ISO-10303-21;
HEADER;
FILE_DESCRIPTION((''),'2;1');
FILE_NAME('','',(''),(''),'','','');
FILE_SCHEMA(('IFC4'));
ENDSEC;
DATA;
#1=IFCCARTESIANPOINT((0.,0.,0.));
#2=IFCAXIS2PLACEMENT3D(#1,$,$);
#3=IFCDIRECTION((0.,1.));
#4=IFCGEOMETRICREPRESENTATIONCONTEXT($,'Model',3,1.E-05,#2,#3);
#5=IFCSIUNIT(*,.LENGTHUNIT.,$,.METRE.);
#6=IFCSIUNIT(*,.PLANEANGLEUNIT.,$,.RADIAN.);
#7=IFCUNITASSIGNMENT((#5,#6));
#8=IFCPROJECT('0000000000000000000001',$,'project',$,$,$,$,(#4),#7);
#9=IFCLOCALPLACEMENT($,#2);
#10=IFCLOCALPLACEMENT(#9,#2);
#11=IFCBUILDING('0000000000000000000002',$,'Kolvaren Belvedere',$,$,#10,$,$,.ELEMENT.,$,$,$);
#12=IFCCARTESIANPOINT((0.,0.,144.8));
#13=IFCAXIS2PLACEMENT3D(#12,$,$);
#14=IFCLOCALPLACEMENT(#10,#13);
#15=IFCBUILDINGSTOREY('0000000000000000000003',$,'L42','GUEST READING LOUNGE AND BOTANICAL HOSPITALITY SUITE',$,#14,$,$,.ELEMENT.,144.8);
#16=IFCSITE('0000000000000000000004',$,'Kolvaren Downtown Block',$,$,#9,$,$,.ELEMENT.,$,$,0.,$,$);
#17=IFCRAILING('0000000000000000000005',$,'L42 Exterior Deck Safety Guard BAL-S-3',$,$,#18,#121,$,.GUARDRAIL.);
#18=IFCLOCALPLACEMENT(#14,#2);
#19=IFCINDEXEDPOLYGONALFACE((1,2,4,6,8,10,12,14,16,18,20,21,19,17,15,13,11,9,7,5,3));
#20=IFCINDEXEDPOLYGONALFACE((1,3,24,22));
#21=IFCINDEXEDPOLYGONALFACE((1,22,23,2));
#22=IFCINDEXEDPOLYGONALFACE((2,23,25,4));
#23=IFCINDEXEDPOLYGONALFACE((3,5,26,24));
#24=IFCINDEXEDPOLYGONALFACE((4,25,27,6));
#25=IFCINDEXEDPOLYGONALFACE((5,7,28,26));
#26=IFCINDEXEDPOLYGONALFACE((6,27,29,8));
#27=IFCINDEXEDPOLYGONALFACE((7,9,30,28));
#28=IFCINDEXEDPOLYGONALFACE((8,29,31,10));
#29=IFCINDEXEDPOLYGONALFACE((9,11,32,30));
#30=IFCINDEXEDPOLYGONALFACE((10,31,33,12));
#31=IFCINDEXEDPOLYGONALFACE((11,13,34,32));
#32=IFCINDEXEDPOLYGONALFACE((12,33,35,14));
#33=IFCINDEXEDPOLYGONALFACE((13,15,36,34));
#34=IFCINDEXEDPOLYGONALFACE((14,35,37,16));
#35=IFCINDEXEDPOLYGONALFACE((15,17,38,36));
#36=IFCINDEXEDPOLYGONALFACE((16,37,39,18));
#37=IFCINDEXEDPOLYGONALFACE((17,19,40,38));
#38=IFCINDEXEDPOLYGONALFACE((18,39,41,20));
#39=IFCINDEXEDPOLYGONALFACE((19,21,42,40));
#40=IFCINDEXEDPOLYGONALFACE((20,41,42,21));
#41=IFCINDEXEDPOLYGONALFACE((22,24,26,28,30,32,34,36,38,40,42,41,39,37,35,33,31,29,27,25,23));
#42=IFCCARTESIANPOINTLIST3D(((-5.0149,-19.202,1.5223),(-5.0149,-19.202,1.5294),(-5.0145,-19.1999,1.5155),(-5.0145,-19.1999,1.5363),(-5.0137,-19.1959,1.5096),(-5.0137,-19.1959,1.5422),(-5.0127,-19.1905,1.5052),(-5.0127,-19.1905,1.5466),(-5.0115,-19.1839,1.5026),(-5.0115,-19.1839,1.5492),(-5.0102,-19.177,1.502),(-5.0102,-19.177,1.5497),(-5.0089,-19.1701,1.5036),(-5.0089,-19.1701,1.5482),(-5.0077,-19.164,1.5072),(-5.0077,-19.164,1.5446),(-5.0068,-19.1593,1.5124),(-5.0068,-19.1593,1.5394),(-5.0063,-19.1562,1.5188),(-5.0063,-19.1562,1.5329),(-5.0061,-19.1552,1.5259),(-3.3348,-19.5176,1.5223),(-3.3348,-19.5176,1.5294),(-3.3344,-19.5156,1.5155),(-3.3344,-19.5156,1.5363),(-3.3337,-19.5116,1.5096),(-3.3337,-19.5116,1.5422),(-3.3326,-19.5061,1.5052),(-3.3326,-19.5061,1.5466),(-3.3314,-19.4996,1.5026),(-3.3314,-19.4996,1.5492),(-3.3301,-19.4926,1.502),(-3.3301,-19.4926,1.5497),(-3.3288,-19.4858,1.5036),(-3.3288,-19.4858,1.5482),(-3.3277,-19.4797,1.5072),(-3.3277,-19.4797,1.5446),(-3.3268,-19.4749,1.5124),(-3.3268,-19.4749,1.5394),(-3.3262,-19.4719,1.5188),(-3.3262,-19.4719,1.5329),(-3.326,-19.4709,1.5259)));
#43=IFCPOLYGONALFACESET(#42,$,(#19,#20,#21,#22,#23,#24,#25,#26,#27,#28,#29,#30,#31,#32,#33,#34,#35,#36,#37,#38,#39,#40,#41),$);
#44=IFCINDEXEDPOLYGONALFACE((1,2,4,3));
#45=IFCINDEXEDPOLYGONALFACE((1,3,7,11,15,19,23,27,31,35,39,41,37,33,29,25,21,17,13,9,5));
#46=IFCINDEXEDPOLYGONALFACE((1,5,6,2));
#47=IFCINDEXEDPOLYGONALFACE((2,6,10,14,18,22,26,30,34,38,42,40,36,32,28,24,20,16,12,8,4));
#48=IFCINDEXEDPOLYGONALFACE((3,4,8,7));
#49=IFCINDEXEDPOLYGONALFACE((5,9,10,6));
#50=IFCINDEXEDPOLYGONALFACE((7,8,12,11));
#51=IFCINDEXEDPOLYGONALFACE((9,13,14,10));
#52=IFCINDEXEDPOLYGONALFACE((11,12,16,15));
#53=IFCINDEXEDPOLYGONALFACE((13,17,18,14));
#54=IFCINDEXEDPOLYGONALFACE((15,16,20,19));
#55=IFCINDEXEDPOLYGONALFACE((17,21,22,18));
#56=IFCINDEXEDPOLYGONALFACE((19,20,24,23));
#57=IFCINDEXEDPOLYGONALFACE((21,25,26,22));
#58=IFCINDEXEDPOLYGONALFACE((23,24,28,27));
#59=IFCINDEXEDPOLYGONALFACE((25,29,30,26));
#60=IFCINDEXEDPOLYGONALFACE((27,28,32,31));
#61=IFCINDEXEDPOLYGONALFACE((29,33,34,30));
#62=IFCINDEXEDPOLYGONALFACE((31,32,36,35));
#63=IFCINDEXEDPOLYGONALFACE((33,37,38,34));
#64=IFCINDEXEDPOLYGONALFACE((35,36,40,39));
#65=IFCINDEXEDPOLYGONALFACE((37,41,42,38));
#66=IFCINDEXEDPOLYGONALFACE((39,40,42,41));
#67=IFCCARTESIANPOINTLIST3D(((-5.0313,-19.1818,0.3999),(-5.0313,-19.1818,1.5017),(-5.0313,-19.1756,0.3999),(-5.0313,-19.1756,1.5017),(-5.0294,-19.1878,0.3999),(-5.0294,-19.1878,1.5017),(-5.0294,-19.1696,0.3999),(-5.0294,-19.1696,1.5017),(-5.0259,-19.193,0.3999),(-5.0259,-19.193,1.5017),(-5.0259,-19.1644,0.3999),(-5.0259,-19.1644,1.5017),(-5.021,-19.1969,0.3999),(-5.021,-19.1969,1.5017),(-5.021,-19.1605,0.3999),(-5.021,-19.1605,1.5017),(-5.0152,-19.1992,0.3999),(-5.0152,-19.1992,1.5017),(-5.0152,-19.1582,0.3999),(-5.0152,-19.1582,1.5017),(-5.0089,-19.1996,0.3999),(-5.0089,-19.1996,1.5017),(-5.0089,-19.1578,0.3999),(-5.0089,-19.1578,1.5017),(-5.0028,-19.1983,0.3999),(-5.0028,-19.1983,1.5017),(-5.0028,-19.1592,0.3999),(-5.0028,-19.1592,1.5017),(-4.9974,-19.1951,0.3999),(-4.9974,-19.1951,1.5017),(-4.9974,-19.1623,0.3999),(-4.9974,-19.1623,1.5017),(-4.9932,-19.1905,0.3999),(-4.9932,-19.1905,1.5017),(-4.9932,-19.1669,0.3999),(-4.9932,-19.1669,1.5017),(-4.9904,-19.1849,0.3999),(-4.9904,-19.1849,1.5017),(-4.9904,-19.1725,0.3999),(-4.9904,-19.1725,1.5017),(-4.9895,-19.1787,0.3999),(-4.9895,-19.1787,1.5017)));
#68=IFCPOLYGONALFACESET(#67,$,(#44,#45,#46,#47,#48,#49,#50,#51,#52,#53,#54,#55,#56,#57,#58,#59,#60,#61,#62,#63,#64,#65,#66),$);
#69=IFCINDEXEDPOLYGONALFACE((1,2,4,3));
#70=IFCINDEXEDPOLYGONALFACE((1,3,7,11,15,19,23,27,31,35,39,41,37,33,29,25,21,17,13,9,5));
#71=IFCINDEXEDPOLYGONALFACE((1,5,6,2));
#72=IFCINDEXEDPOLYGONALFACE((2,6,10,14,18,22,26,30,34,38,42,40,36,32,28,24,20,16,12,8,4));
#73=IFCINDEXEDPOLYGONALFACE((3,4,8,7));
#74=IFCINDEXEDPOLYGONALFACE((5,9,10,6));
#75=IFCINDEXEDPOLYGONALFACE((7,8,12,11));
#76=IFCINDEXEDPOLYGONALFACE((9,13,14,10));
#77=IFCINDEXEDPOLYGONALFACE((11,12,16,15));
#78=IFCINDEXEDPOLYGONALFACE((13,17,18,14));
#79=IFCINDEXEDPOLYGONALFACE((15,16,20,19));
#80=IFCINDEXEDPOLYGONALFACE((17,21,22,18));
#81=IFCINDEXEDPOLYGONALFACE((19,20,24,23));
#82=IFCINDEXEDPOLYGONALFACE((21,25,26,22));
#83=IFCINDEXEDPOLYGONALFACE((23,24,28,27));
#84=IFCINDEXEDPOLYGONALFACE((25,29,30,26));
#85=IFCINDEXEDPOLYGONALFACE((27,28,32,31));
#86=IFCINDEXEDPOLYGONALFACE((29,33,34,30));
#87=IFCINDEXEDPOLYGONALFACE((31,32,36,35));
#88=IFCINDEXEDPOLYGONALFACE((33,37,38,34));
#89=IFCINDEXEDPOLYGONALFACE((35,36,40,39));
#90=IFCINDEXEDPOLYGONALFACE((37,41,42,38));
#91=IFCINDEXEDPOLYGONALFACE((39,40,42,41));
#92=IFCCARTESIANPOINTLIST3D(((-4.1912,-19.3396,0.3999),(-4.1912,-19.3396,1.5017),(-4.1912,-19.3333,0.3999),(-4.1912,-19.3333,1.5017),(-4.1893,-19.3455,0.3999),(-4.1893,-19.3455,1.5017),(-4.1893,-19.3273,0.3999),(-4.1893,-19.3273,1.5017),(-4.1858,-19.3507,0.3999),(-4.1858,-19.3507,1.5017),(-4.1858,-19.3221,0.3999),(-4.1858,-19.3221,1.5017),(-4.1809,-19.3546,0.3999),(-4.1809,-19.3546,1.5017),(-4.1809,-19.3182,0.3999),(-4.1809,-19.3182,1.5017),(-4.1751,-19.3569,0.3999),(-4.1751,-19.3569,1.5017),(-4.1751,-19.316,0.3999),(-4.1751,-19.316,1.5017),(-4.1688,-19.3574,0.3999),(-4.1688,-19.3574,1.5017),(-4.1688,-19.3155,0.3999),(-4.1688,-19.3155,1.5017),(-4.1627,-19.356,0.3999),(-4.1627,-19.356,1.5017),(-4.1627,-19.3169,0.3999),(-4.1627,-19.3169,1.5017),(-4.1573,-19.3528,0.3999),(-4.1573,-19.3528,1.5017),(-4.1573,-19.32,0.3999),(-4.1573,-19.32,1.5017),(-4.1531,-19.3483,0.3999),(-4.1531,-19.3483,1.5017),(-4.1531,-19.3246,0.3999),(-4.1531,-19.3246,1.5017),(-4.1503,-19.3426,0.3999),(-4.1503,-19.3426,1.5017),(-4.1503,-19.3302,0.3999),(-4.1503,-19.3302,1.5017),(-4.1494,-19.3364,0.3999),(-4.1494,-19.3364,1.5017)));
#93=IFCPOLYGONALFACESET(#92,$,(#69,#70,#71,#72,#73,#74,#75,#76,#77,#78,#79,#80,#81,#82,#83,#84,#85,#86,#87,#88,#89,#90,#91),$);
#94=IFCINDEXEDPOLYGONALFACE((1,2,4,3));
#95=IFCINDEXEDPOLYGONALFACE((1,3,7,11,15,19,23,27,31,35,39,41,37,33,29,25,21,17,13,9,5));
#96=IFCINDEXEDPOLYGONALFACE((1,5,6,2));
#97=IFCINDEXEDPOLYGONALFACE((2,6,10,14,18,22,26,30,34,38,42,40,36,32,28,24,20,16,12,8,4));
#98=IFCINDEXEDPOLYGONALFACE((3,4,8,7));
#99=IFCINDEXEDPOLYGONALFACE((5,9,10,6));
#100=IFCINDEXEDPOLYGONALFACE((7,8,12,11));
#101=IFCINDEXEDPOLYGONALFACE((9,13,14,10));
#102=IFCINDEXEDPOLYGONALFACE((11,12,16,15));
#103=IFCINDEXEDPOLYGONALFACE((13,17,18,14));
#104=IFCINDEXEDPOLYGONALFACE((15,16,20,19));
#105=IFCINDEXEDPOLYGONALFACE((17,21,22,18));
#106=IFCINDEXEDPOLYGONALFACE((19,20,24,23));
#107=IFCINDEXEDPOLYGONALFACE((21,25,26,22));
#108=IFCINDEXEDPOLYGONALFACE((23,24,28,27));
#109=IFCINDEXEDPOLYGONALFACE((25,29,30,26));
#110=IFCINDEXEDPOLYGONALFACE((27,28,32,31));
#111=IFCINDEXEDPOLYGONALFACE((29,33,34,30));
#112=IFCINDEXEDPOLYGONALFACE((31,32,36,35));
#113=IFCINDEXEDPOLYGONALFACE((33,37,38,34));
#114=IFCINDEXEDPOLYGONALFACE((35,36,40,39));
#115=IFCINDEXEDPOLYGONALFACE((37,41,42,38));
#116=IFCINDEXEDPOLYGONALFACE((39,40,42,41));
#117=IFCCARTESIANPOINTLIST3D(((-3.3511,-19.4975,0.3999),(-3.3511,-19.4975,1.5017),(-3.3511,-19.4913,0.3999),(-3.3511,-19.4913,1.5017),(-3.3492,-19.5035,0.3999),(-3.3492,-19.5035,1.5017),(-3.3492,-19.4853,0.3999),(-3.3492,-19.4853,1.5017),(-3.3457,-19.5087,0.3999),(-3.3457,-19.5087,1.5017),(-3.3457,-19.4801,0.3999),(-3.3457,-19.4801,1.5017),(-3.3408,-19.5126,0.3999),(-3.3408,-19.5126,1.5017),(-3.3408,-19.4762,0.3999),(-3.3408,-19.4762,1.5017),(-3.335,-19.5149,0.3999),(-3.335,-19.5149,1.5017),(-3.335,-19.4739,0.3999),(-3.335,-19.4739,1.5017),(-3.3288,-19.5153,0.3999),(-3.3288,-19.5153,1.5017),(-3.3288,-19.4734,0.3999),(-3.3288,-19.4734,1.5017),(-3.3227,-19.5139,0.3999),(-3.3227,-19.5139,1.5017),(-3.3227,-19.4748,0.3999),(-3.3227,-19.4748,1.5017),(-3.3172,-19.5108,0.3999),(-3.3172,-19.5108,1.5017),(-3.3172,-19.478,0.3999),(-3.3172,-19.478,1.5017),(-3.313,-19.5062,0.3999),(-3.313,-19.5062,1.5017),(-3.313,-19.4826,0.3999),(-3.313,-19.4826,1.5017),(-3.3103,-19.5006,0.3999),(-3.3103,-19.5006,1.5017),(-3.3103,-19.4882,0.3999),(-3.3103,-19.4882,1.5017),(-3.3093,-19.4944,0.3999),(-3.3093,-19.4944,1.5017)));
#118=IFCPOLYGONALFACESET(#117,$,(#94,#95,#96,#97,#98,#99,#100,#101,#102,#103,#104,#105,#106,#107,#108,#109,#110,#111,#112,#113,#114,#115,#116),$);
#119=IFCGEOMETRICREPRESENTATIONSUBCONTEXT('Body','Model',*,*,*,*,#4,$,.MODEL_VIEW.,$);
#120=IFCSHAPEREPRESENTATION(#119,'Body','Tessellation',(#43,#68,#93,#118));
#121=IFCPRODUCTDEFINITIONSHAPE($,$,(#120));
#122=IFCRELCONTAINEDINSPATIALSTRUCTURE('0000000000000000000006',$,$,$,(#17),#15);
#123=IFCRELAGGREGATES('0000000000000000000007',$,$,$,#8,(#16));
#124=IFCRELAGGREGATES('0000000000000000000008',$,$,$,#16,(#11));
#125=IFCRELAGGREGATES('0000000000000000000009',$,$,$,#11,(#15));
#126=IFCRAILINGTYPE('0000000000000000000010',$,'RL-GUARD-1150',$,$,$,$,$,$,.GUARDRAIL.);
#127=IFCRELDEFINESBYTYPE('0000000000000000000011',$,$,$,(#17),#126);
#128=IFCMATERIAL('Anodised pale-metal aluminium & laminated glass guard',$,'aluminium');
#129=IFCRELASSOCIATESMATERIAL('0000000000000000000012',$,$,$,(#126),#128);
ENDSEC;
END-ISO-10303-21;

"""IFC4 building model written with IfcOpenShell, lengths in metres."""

from ifc_helpers import new_model, si_unit, direction, frame, origin, origin_2d, place, context, subcontext, project, spatial, circle, extrude, material, type_object, element, save


model = new_model("IFC4")

# Units and contexts
model_context = context("Model", 3, precision=1e-05, world=origin(), true_north=direction((0.0, 1.0)))
body_context = subcontext(model_context, "Body", "Model", "MODEL_VIEW")
ifc_project = project(units=[si_unit("LENGTHUNIT", "METRE"), si_unit("PLANEANGLEUNIT", "RADIAN")], contexts=[model_context])

# Site, building, storey
site_placement = place(None, origin())
site = spatial("IfcSite", under=ifc_project, at=site_placement, Name="Kolvaren Downtown Block", CompositionType="ELEMENT", RefElevation=0.0)
building_placement = place(site_placement, origin())
building = spatial("IfcBuilding", under=site, at=building_placement, Name="Kolvaren Belvedere", CompositionType="ELEMENT")
storey_placement = place(building_placement, frame((0.0, 0.0, 144.8)))
storey = spatial("IfcBuildingStorey", under=building, at=storey_placement, Name="L42", Description="GUEST READING LOUNGE AND BOTANICAL HOSPITALITY SUITE", CompositionType="ELEMENT", Elevation=144.8)

# Railing
ifc_material_1 = material(Name="Anodised pale-metal aluminium & laminated glass guard", Category="aluminium")
railing_type = type_object("IfcRailingType", Name="RL-GUARD-1150", PredefinedType="GUARDRAIL", material=ifc_material_1)
railing_1_placement = place(storey_placement, frame((-5.0105, -19.1787, 0.3999)))
element("IfcRailing", 1, at=railing_1_placement, inside=storey, type_object=railing_type, Name="L42 Exterior Deck Safety Guard BAL-S-3", PredefinedType="GUARDRAIL", context=body_context, shape_type="SweptSolid", body=[
    extrude(circle(Radius=0.0239, at=origin_2d()), frame((0.0, 0.0, 1.126), z_axis=(0.982804, -0.184651, 0.0), x_axis=(0.184651, 0.982804, 0.0)), (0.0, 0.0, 1.0), 1.7095),
    extrude(circle(Radius=0.021, at=origin_2d()), origin(), (0.0, 0.0, 1.0), 1.1018),
    extrude(circle(Radius=0.021, at=origin_2d()), frame((0.8401, -0.1577, 0.0)), (0.0, 0.0, 1.0), 1.1018),
    extrude(circle(Radius=0.021, at=origin_2d()), frame((1.6802, -0.3157, 0.0)), (0.0, 0.0, 1.0), 1.1018),
])

save(model, "model.ifc")
